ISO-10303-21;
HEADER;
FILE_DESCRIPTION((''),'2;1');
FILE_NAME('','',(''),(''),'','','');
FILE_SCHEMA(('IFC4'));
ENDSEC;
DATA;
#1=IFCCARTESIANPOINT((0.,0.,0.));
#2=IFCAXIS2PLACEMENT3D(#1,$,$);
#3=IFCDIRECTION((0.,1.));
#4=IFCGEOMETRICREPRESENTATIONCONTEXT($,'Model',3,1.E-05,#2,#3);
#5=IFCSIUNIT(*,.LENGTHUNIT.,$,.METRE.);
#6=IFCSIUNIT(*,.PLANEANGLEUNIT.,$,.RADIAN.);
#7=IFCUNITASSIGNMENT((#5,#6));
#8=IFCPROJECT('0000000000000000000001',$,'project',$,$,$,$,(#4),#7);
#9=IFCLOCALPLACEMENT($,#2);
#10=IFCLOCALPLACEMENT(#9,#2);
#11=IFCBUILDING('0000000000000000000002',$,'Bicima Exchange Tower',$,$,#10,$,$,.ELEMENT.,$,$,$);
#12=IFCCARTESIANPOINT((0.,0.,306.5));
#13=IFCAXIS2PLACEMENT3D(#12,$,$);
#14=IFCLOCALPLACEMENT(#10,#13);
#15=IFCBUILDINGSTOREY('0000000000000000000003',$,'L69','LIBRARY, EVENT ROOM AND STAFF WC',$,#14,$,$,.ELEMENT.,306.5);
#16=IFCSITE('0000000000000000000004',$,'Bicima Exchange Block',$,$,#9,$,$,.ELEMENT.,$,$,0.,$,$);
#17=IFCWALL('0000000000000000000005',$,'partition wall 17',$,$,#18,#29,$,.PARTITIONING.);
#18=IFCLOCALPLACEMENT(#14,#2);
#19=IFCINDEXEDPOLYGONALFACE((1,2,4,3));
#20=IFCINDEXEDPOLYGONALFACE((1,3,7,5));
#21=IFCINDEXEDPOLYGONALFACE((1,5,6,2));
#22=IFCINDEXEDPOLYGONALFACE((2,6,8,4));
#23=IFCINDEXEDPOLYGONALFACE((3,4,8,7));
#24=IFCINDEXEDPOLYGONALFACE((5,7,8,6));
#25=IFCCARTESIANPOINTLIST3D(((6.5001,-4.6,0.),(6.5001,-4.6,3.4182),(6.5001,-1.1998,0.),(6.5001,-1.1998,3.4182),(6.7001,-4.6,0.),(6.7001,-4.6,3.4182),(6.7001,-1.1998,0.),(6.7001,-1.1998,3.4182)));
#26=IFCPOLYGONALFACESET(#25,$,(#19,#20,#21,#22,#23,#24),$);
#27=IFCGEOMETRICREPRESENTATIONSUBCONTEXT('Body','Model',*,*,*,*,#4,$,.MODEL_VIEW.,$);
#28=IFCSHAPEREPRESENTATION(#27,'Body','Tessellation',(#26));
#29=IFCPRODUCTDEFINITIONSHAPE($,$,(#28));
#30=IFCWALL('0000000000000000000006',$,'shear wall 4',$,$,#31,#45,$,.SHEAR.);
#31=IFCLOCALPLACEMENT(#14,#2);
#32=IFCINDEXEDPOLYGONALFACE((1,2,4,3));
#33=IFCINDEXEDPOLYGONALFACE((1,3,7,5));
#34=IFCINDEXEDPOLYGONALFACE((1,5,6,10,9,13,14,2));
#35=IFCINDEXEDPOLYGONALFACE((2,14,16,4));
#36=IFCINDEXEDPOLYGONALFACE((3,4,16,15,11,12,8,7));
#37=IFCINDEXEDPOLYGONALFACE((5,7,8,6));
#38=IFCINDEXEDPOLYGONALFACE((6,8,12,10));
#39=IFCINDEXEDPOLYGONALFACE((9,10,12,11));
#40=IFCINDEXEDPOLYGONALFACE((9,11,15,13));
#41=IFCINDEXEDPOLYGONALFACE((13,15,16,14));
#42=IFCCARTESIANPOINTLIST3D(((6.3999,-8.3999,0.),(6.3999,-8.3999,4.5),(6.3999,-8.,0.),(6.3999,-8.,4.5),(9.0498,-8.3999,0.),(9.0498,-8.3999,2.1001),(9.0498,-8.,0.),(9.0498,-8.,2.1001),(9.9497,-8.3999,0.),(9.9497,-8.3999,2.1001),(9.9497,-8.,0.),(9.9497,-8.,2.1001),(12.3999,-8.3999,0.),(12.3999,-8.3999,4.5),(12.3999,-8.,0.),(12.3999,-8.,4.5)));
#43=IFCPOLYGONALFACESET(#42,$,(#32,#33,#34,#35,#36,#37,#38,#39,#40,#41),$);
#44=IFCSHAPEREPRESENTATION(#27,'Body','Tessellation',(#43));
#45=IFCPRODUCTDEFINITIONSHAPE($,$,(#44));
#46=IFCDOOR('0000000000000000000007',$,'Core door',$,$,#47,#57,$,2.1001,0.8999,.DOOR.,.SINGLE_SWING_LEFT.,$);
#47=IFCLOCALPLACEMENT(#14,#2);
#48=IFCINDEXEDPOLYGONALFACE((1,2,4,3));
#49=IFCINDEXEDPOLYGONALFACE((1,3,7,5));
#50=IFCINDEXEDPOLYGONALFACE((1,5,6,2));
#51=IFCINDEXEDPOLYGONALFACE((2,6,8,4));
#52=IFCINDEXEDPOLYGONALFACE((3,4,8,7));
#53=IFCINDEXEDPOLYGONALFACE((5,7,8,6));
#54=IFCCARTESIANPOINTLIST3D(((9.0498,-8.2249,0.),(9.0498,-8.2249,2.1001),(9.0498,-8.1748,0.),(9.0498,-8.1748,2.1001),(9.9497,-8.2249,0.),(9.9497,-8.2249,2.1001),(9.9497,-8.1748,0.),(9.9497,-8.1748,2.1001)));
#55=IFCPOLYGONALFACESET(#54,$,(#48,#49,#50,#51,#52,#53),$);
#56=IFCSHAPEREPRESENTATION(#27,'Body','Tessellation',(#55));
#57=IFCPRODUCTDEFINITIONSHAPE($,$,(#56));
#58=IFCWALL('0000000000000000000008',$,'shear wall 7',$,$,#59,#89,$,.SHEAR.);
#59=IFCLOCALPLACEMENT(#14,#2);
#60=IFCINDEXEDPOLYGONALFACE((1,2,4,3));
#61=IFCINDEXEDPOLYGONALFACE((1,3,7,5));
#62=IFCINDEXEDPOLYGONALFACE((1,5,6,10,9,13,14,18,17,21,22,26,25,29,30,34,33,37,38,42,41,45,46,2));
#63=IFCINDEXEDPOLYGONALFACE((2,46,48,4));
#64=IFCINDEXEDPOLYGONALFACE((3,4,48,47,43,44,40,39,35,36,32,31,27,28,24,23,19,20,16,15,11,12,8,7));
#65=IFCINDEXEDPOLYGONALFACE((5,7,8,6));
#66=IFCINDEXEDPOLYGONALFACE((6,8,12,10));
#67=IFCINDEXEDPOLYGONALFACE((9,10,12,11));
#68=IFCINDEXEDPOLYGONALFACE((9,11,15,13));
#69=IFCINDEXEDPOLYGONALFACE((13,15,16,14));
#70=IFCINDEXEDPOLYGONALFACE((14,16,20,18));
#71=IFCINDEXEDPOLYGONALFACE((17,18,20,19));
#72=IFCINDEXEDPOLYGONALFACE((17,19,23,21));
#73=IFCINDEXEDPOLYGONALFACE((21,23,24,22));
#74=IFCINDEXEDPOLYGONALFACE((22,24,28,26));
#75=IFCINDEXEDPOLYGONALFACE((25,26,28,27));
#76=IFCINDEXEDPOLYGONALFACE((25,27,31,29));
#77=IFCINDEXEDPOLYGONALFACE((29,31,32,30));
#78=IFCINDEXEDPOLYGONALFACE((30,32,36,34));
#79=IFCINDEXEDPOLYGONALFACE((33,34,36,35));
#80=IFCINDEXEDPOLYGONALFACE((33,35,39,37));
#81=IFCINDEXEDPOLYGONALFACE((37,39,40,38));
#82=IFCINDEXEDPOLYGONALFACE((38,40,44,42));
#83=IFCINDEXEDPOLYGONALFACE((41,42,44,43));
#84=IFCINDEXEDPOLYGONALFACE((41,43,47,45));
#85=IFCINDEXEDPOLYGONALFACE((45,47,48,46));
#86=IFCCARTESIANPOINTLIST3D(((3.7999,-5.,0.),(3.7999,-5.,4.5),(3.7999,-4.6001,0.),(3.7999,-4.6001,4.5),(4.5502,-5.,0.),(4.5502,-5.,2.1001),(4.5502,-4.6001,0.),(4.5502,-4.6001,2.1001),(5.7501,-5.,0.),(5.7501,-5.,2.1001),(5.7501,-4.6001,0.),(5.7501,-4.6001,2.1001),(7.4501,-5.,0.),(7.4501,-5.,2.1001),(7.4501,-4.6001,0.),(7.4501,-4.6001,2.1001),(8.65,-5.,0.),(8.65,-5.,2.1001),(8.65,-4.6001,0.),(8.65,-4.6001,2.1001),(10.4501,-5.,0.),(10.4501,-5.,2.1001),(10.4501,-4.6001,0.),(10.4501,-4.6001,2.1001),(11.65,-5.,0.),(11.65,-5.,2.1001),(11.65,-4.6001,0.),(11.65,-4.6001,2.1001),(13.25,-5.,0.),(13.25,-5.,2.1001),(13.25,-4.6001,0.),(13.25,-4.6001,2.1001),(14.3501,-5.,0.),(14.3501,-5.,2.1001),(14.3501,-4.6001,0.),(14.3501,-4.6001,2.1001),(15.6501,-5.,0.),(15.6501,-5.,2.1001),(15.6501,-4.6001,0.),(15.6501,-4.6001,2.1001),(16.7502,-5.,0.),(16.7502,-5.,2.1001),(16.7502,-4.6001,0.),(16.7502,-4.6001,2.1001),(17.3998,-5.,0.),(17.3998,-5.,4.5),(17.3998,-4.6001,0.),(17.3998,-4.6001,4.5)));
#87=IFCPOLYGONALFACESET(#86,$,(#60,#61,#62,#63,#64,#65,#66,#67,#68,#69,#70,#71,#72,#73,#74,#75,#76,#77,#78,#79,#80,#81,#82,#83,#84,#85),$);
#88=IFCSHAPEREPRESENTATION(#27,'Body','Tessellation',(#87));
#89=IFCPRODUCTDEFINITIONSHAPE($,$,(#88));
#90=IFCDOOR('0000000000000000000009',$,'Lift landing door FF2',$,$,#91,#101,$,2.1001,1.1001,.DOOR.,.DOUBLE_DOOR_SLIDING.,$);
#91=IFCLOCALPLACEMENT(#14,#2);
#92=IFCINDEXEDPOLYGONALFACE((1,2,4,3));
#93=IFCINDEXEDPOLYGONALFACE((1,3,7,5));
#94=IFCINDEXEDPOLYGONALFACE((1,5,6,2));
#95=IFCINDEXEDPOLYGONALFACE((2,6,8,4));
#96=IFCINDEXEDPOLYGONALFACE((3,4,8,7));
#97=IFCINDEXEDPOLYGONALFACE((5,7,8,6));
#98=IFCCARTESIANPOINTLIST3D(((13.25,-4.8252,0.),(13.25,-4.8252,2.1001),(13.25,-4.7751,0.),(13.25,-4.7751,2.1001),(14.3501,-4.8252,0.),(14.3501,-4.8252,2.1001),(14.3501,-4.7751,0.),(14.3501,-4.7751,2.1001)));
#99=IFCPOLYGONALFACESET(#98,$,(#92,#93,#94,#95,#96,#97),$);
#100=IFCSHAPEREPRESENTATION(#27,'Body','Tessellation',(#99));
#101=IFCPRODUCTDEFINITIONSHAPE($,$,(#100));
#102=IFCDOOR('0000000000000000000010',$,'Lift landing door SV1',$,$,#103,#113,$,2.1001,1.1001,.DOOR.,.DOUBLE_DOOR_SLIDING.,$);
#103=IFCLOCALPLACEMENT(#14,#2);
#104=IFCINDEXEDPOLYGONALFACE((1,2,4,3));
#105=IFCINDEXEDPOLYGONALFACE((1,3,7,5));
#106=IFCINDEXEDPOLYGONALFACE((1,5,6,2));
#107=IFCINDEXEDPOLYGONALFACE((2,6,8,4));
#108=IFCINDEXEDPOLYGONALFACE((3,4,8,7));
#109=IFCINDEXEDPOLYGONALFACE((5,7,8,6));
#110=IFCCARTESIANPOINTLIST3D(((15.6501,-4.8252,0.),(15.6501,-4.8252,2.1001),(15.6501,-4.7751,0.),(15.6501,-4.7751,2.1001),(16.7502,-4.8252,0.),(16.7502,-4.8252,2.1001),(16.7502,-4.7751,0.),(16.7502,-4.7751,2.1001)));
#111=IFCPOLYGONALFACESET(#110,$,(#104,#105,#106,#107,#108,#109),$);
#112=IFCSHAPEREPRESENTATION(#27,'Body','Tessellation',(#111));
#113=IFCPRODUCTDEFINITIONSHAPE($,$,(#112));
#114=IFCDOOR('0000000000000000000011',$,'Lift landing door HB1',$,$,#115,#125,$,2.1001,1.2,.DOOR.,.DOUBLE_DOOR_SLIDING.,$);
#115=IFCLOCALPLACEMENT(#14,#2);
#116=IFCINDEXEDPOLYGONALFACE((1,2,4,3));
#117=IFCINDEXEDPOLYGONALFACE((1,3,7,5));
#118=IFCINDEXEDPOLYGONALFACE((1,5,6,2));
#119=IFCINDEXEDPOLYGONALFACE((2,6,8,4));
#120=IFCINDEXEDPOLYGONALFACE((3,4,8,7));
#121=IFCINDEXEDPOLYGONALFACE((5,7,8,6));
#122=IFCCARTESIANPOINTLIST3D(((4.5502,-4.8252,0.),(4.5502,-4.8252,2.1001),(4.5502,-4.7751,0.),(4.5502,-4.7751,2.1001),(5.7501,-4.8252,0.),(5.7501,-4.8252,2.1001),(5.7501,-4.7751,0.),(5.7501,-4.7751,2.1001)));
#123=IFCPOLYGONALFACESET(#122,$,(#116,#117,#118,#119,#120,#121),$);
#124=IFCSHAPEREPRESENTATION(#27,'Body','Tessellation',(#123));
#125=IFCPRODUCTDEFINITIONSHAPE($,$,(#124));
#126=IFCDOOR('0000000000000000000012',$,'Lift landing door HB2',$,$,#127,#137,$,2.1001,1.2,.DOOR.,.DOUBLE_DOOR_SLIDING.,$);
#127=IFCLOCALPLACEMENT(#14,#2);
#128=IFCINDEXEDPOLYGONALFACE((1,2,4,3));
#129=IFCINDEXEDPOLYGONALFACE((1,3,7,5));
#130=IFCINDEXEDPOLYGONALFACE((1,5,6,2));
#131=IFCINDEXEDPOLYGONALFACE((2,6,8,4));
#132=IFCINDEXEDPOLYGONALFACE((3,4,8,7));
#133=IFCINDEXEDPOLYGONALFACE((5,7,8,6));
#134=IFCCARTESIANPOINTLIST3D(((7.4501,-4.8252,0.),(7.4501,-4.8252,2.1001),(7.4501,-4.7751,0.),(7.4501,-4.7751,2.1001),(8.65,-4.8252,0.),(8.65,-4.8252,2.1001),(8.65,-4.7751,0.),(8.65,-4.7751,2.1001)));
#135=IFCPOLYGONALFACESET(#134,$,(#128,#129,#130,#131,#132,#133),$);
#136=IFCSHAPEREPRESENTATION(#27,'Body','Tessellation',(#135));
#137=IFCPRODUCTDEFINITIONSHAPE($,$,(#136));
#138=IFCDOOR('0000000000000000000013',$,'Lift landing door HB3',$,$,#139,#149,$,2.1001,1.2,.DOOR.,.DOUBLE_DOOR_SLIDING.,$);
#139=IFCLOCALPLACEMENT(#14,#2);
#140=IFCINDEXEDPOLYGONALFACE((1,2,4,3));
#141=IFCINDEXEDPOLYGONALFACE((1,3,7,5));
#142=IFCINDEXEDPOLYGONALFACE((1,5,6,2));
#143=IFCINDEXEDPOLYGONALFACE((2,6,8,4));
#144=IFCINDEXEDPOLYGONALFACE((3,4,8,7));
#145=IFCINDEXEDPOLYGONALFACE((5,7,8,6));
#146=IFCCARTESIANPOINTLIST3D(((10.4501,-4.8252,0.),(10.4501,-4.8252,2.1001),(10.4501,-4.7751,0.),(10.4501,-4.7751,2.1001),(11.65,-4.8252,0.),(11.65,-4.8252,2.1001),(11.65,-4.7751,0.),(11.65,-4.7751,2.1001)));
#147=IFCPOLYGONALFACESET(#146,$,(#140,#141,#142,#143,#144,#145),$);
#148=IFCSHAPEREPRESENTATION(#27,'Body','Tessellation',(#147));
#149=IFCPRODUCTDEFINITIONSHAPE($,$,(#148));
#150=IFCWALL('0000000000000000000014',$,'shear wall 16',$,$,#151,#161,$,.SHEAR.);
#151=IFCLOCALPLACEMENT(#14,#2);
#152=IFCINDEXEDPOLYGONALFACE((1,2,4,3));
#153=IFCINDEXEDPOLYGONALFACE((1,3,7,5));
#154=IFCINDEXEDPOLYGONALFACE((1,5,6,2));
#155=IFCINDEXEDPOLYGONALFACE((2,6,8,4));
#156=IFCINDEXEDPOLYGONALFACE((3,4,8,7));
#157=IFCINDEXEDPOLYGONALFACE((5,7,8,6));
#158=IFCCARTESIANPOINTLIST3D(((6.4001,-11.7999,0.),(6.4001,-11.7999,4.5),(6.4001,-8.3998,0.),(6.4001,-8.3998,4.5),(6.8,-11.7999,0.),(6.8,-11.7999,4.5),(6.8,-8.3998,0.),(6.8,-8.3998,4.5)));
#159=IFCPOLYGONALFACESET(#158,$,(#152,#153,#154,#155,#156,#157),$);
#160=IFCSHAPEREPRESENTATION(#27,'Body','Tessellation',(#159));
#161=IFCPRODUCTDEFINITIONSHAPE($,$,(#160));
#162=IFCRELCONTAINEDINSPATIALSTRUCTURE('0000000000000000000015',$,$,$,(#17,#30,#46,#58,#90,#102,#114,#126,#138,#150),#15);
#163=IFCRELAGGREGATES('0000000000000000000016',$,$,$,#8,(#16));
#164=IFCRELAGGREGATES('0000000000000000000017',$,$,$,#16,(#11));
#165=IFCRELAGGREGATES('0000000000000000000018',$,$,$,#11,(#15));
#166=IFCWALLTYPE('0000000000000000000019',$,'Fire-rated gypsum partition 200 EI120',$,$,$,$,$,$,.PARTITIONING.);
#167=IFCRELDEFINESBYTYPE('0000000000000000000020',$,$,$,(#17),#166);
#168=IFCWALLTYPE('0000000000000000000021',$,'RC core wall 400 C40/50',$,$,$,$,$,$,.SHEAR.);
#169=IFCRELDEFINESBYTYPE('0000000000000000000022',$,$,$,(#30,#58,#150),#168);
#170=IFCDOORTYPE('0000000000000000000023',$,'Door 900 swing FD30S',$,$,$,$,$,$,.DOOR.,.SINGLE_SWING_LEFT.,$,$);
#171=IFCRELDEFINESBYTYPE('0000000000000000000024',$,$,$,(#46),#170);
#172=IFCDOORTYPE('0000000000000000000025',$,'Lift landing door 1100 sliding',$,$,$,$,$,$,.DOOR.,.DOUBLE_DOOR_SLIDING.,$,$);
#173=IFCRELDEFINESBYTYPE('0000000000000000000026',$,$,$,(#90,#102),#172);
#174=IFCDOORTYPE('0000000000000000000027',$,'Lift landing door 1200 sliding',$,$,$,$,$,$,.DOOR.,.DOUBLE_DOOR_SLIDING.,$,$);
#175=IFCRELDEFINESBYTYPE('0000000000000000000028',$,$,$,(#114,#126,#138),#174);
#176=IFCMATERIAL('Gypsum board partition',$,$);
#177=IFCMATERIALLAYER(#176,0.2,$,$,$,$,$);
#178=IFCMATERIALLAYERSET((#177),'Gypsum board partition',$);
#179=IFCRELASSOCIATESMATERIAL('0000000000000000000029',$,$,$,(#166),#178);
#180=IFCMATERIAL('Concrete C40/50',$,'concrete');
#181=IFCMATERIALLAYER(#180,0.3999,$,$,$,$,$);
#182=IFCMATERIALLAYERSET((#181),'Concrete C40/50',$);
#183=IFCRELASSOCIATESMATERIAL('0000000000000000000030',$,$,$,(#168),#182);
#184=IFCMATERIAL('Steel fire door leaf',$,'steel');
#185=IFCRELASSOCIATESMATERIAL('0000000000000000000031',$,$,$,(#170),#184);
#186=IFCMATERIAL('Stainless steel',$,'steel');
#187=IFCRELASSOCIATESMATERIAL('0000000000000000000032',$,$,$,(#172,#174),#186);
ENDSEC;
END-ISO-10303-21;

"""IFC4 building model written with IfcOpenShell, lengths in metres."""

from ifc_helpers import new_model, si_unit, direction, frame, frame_2d, origin, place, context, subcontext, project, spatial, rectangle, extrude, material, layer, layer_set, type_object, element, fill, save


model = new_model("IFC4")

# Units and contexts
model_context = context("Model", 3, precision=1e-05, world=origin(), true_north=direction((0.0, 1.0)))
body_context = subcontext(model_context, "Body", "Model", "MODEL_VIEW")
ifc_project = project(units=[si_unit("LENGTHUNIT", "METRE"), si_unit("PLANEANGLEUNIT", "RADIAN")], contexts=[model_context])

# Site, building, storey
site_placement = place(None, origin())
site = spatial("IfcSite", under=ifc_project, at=site_placement, Name="Bicima Exchange Block", CompositionType="ELEMENT", RefElevation=0.0)
building_placement = place(site_placement, origin())
building = spatial("IfcBuilding", under=site, at=building_placement, Name="Bicima Exchange Tower", CompositionType="ELEMENT")
storey_placement = place(building_placement, frame((0.0, 0.0, 306.5)))
storey = spatial("IfcBuildingStorey", under=building, at=storey_placement, Name="L69", Description="LIBRARY, EVENT ROOM AND STAFF WC", CompositionType="ELEMENT", Elevation=306.5)

# Shared definitions
ifc_material_1 = material(Name="Concrete C40/50", Category="concrete")

# Wall
ifc_material_2 = material(Name="Gypsum board partition")
ifc_layer_1 = layer(ifc_material_2, 0.2)
ifc_layer_set_1 = layer_set([ifc_layer_1], Name="Gypsum board partition")
wall_type_1 = type_object("IfcWallType", Name="Fire-rated gypsum partition 200 EI120", PredefinedType="PARTITIONING", material=ifc_layer_set_1)
wall_1_placement = place(storey_placement, frame((6.6001, -4.6001, 0.0), z_axis=(0.0, 0.0, 1.0), x_axis=(0.0, 1.0, 0.0)))
element("IfcWall", 1, at=wall_1_placement, inside=storey, type_object=wall_type_1, Name="partition wall 17", PredefinedType="PARTITIONING", context=body_context, shape_type="SweptSolid", body=[
    extrude(rectangle(XDim=3.4001, YDim=0.2, at=frame_2d((1.7002, 0.0))), origin(), (0.0, 0.0, 1.0), 3.4182),
])

# Wall, opening, door
ifc_layer_2 = layer(ifc_material_1, 0.3999)
ifc_layer_set_2 = layer_set([ifc_layer_2], Name="Concrete C40/50")
wall_type_2 = type_object("IfcWallType", Name="RC core wall 400 C40/50", PredefinedType="SHEAR", material=ifc_layer_set_2)
wall_2_placement = place(storey_placement, frame((6.3999, -8.2, 0.0), z_axis=(0.0, 0.0, 1.0), x_axis=(1.0, 0.0, 0.0)))
wall_2 = element("IfcWall", 2, at=wall_2_placement, inside=storey, type_object=wall_type_2, Name="shear wall 4", PredefinedType="SHEAR", context=body_context, shape_type="SweptSolid", body=[
    extrude(rectangle(XDim=6.0, YDim=0.3999, at=frame_2d((3.0, 0.0))), origin(), (0.0, 0.0, 1.0), 4.5),
])
opening_1_placement = place(wall_2_placement, frame((2.6499, 0.0, 0.0)))
opening_1 = element("IfcOpeningElement", 3, at=opening_1_placement, cuts=wall_2, PredefinedType="OPENING", context=body_context, shape_type="SweptSolid", body=[
    extrude(rectangle(XDim=0.8999, YDim=2.1001, at=frame_2d((0.45, 1.05))), frame((0.0, 0.2119, 0.0), z_axis=(0.0, -1.0, 0.0), x_axis=(1.0, 0.0, 0.0)), (0.0, 0.0, 1.0), 0.4238),
])
ifc_material_3 = material(Name="Steel fire door leaf", Category="steel")
door_type_1 = type_object("IfcDoorType", Name="Door 900 swing FD30S", OperationType="SINGLE_SWING_LEFT", PredefinedType="DOOR", material=ifc_material_3)
door_1_placement = place(opening_1_placement, frame((0.8999, 0.0, 0.0), z_axis=(0.0, 0.0, 1.0), x_axis=(-1.0, 0.0, 0.0)))
door_1 = element("IfcDoor", 4, at=door_1_placement, inside=storey, type_object=door_type_1, Name="Core door", OperationType="SINGLE_SWING_LEFT", OverallHeight=2.1001, OverallWidth=0.8999, PredefinedType="DOOR", context=body_context, shape_type="SweptSolid", body=[
    extrude(rectangle(XDim=0.8999, YDim=2.1001, at=frame_2d((0.45, 1.05))), frame((0.0, 0.0249, 0.0), z_axis=(0.0, -1.0, 0.0), x_axis=(1.0, 0.0, 0.0)), (0.0, 0.0, 1.0), 0.05),
])
fill(opening_1, door_1)

# Wall, openings, doors
wall_3_placement = place(storey_placement, frame((3.8, -4.8, 0.0), z_axis=(0.0, 0.0, 1.0), x_axis=(1.0, 0.0, 0.0)))
wall_3 = element("IfcWall", 5, at=wall_3_placement, inside=storey, type_object=wall_type_2, Name="shear wall 7", PredefinedType="SHEAR", context=body_context, shape_type="SweptSolid", body=[
    extrude(rectangle(XDim=13.5999, YDim=0.3999, at=frame_2d((6.7998, 0.0))), origin(), (0.0, 0.0, 1.0), 4.5),
])
opening_2_placement = place(wall_3_placement, frame((0.75, 0.0, 0.0)))
opening_2 = element("IfcOpeningElement", 6, at=opening_2_placement, cuts=wall_3, PredefinedType="OPENING", context=body_context, shape_type="SweptSolid", body=[
    extrude(rectangle(XDim=1.2, YDim=2.1001, at=frame_2d((0.6001, 1.05))), frame((0.0, 0.2119, 0.0), z_axis=(0.0, -1.0, 0.0), x_axis=(1.0, 0.0, 0.0)), (0.0, 0.0, 1.0), 0.4238),
])
opening_3_placement = place(wall_3_placement, frame((3.6499, 0.0, 0.0)))
opening_3 = element("IfcOpeningElement", 7, at=opening_3_placement, cuts=wall_3, PredefinedType="OPENING", context=body_context, shape_type="SweptSolid", body=[
    extrude(rectangle(XDim=1.2, YDim=2.1001, at=frame_2d((0.6001, 1.05))), frame((0.0, 0.2119, 0.0), z_axis=(0.0, -1.0, 0.0), x_axis=(1.0, 0.0, 0.0)), (0.0, 0.0, 1.0), 0.4238),
])
opening_4_placement = place(wall_3_placement, frame((6.6499, 0.0, 0.0)))
opening_4 = element("IfcOpeningElement", 8, at=opening_4_placement, cuts=wall_3, PredefinedType="OPENING", context=body_context, shape_type="SweptSolid", body=[
    extrude(rectangle(XDim=1.2, YDim=2.1001, at=frame_2d((0.6001, 1.05))), frame((0.0, 0.2119, 0.0), z_axis=(0.0, -1.0, 0.0), x_axis=(1.0, 0.0, 0.0)), (0.0, 0.0, 1.0), 0.4238),
])
opening_5_placement = place(wall_3_placement, frame((9.45, 0.0, 0.0)))
opening_5 = element("IfcOpeningElement", 9, at=opening_5_placement, cuts=wall_3, PredefinedType="OPENING", context=body_context, shape_type="SweptSolid", body=[
    extrude(rectangle(XDim=1.1001, YDim=2.1001, at=frame_2d((0.55, 1.05))), frame((0.0, 0.2119, 0.0), z_axis=(0.0, -1.0, 0.0), x_axis=(1.0, 0.0, 0.0)), (0.0, 0.0, 1.0), 0.4238),
])
opening_6_placement = place(wall_3_placement, frame((11.8501, 0.0, 0.0)))
opening_6 = element("IfcOpeningElement", 10, at=opening_6_placement, cuts=wall_3, PredefinedType="OPENING", context=body_context, shape_type="SweptSolid", body=[
    extrude(rectangle(XDim=1.1001, YDim=2.1001, at=frame_2d((0.55, 1.05))), frame((0.0, 0.2119, 0.0), z_axis=(0.0, -1.0, 0.0), x_axis=(1.0, 0.0, 0.0)), (0.0, 0.0, 1.0), 0.4238),
])
ifc_material_4 = material(Name="Stainless steel", Category="steel")
door_type_2 = type_object("IfcDoorType", Name="Lift landing door 1100 sliding", OperationType="DOUBLE_DOOR_SLIDING", PredefinedType="DOOR", material=ifc_material_4)
door_2_placement = place(opening_5_placement, origin())
door_2 = element("IfcDoor", 11, at=door_2_placement, inside=storey, type_object=door_type_2, Name="Lift landing door FF2", OperationType="DOUBLE_DOOR_SLIDING", OverallHeight=2.1001, OverallWidth=1.1001, PredefinedType="DOOR", context=body_context, shape_type="SweptSolid", body=[
    extrude(rectangle(XDim=1.1001, YDim=2.1001, at=frame_2d((0.55, 1.05))), frame((0.0, 0.0249, 0.0), z_axis=(0.0, -1.0, 0.0), x_axis=(1.0, 0.0, 0.0)), (0.0, 0.0, 1.0), 0.05),
])
fill(opening_5, door_2)
door_3_placement = place(opening_6_placement, origin())
door_3 = element("IfcDoor", 12, at=door_3_placement, inside=storey, type_object=door_type_2, Name="Lift landing door SV1", OperationType="DOUBLE_DOOR_SLIDING", OverallHeight=2.1001, OverallWidth=1.1001, PredefinedType="DOOR", context=body_context, shape_type="SweptSolid", body=[
    extrude(rectangle(XDim=1.1001, YDim=2.1001, at=frame_2d((0.55, 1.05))), frame((0.0, 0.0249, 0.0), z_axis=(0.0, -1.0, 0.0), x_axis=(1.0, 0.0, 0.0)), (0.0, 0.0, 1.0), 0.05),
])
fill(opening_6, door_3)
door_type_3 = type_object("IfcDoorType", Name="Lift landing door 1200 sliding", OperationType="DOUBLE_DOOR_SLIDING", PredefinedType="DOOR", material=ifc_material_4)
door_4_placement = place(opening_2_placement, origin())
door_4 = element("IfcDoor", 13, at=door_4_placement, inside=storey, type_object=door_type_3, Name="Lift landing door HB1", OperationType="DOUBLE_DOOR_SLIDING", OverallHeight=2.1001, OverallWidth=1.2, PredefinedType="DOOR", context=body_context, shape_type="SweptSolid", body=[
    extrude(rectangle(XDim=1.2, YDim=2.1001, at=frame_2d((0.6001, 1.05))), frame((0.0, 0.0249, 0.0), z_axis=(0.0, -1.0, 0.0), x_axis=(1.0, 0.0, 0.0)), (0.0, 0.0, 1.0), 0.05),
])
fill(opening_2, door_4)
door_5_placement = place(opening_3_placement, origin())
door_5 = element("IfcDoor", 14, at=door_5_placement, inside=storey, type_object=door_type_3, Name="Lift landing door HB2", OperationType="DOUBLE_DOOR_SLIDING", OverallHeight=2.1001, OverallWidth=1.2, PredefinedType="DOOR", context=body_context, shape_type="SweptSolid", body=[
    extrude(rectangle(XDim=1.2, YDim=2.1001, at=frame_2d((0.6001, 1.05))), frame((0.0, 0.0249, 0.0), z_axis=(0.0, -1.0, 0.0), x_axis=(1.0, 0.0, 0.0)), (0.0, 0.0, 1.0), 0.05),
])
fill(opening_3, door_5)
door_6_placement = place(opening_4_placement, origin())
door_6 = element("IfcDoor", 15, at=door_6_placement, inside=storey, type_object=door_type_3, Name="Lift landing door HB3", OperationType="DOUBLE_DOOR_SLIDING", OverallHeight=2.1001, OverallWidth=1.2, PredefinedType="DOOR", context=body_context, shape_type="SweptSolid", body=[
    extrude(rectangle(XDim=1.2, YDim=2.1001, at=frame_2d((0.6001, 1.05))), frame((0.0, 0.0249, 0.0), z_axis=(0.0, -1.0, 0.0), x_axis=(1.0, 0.0, 0.0)), (0.0, 0.0, 1.0), 0.05),
])
fill(opening_4, door_6)

# Wall
wall_4_placement = place(storey_placement, frame((6.6001, -11.8, 0.0), z_axis=(0.0, 0.0, 1.0), x_axis=(0.0, 1.0, 0.0)))
element("IfcWall", 16, at=wall_4_placement, inside=storey, type_object=wall_type_2, Name="shear wall 16", PredefinedType="SHEAR", context=body_context, shape_type="SweptSolid", body=[
    extrude(rectangle(XDim=3.4001, YDim=0.3999, at=frame_2d((1.7002, 0.0))), origin(), (0.0, 0.0, 1.0), 4.5),
])

save(model, "model.ifc")
